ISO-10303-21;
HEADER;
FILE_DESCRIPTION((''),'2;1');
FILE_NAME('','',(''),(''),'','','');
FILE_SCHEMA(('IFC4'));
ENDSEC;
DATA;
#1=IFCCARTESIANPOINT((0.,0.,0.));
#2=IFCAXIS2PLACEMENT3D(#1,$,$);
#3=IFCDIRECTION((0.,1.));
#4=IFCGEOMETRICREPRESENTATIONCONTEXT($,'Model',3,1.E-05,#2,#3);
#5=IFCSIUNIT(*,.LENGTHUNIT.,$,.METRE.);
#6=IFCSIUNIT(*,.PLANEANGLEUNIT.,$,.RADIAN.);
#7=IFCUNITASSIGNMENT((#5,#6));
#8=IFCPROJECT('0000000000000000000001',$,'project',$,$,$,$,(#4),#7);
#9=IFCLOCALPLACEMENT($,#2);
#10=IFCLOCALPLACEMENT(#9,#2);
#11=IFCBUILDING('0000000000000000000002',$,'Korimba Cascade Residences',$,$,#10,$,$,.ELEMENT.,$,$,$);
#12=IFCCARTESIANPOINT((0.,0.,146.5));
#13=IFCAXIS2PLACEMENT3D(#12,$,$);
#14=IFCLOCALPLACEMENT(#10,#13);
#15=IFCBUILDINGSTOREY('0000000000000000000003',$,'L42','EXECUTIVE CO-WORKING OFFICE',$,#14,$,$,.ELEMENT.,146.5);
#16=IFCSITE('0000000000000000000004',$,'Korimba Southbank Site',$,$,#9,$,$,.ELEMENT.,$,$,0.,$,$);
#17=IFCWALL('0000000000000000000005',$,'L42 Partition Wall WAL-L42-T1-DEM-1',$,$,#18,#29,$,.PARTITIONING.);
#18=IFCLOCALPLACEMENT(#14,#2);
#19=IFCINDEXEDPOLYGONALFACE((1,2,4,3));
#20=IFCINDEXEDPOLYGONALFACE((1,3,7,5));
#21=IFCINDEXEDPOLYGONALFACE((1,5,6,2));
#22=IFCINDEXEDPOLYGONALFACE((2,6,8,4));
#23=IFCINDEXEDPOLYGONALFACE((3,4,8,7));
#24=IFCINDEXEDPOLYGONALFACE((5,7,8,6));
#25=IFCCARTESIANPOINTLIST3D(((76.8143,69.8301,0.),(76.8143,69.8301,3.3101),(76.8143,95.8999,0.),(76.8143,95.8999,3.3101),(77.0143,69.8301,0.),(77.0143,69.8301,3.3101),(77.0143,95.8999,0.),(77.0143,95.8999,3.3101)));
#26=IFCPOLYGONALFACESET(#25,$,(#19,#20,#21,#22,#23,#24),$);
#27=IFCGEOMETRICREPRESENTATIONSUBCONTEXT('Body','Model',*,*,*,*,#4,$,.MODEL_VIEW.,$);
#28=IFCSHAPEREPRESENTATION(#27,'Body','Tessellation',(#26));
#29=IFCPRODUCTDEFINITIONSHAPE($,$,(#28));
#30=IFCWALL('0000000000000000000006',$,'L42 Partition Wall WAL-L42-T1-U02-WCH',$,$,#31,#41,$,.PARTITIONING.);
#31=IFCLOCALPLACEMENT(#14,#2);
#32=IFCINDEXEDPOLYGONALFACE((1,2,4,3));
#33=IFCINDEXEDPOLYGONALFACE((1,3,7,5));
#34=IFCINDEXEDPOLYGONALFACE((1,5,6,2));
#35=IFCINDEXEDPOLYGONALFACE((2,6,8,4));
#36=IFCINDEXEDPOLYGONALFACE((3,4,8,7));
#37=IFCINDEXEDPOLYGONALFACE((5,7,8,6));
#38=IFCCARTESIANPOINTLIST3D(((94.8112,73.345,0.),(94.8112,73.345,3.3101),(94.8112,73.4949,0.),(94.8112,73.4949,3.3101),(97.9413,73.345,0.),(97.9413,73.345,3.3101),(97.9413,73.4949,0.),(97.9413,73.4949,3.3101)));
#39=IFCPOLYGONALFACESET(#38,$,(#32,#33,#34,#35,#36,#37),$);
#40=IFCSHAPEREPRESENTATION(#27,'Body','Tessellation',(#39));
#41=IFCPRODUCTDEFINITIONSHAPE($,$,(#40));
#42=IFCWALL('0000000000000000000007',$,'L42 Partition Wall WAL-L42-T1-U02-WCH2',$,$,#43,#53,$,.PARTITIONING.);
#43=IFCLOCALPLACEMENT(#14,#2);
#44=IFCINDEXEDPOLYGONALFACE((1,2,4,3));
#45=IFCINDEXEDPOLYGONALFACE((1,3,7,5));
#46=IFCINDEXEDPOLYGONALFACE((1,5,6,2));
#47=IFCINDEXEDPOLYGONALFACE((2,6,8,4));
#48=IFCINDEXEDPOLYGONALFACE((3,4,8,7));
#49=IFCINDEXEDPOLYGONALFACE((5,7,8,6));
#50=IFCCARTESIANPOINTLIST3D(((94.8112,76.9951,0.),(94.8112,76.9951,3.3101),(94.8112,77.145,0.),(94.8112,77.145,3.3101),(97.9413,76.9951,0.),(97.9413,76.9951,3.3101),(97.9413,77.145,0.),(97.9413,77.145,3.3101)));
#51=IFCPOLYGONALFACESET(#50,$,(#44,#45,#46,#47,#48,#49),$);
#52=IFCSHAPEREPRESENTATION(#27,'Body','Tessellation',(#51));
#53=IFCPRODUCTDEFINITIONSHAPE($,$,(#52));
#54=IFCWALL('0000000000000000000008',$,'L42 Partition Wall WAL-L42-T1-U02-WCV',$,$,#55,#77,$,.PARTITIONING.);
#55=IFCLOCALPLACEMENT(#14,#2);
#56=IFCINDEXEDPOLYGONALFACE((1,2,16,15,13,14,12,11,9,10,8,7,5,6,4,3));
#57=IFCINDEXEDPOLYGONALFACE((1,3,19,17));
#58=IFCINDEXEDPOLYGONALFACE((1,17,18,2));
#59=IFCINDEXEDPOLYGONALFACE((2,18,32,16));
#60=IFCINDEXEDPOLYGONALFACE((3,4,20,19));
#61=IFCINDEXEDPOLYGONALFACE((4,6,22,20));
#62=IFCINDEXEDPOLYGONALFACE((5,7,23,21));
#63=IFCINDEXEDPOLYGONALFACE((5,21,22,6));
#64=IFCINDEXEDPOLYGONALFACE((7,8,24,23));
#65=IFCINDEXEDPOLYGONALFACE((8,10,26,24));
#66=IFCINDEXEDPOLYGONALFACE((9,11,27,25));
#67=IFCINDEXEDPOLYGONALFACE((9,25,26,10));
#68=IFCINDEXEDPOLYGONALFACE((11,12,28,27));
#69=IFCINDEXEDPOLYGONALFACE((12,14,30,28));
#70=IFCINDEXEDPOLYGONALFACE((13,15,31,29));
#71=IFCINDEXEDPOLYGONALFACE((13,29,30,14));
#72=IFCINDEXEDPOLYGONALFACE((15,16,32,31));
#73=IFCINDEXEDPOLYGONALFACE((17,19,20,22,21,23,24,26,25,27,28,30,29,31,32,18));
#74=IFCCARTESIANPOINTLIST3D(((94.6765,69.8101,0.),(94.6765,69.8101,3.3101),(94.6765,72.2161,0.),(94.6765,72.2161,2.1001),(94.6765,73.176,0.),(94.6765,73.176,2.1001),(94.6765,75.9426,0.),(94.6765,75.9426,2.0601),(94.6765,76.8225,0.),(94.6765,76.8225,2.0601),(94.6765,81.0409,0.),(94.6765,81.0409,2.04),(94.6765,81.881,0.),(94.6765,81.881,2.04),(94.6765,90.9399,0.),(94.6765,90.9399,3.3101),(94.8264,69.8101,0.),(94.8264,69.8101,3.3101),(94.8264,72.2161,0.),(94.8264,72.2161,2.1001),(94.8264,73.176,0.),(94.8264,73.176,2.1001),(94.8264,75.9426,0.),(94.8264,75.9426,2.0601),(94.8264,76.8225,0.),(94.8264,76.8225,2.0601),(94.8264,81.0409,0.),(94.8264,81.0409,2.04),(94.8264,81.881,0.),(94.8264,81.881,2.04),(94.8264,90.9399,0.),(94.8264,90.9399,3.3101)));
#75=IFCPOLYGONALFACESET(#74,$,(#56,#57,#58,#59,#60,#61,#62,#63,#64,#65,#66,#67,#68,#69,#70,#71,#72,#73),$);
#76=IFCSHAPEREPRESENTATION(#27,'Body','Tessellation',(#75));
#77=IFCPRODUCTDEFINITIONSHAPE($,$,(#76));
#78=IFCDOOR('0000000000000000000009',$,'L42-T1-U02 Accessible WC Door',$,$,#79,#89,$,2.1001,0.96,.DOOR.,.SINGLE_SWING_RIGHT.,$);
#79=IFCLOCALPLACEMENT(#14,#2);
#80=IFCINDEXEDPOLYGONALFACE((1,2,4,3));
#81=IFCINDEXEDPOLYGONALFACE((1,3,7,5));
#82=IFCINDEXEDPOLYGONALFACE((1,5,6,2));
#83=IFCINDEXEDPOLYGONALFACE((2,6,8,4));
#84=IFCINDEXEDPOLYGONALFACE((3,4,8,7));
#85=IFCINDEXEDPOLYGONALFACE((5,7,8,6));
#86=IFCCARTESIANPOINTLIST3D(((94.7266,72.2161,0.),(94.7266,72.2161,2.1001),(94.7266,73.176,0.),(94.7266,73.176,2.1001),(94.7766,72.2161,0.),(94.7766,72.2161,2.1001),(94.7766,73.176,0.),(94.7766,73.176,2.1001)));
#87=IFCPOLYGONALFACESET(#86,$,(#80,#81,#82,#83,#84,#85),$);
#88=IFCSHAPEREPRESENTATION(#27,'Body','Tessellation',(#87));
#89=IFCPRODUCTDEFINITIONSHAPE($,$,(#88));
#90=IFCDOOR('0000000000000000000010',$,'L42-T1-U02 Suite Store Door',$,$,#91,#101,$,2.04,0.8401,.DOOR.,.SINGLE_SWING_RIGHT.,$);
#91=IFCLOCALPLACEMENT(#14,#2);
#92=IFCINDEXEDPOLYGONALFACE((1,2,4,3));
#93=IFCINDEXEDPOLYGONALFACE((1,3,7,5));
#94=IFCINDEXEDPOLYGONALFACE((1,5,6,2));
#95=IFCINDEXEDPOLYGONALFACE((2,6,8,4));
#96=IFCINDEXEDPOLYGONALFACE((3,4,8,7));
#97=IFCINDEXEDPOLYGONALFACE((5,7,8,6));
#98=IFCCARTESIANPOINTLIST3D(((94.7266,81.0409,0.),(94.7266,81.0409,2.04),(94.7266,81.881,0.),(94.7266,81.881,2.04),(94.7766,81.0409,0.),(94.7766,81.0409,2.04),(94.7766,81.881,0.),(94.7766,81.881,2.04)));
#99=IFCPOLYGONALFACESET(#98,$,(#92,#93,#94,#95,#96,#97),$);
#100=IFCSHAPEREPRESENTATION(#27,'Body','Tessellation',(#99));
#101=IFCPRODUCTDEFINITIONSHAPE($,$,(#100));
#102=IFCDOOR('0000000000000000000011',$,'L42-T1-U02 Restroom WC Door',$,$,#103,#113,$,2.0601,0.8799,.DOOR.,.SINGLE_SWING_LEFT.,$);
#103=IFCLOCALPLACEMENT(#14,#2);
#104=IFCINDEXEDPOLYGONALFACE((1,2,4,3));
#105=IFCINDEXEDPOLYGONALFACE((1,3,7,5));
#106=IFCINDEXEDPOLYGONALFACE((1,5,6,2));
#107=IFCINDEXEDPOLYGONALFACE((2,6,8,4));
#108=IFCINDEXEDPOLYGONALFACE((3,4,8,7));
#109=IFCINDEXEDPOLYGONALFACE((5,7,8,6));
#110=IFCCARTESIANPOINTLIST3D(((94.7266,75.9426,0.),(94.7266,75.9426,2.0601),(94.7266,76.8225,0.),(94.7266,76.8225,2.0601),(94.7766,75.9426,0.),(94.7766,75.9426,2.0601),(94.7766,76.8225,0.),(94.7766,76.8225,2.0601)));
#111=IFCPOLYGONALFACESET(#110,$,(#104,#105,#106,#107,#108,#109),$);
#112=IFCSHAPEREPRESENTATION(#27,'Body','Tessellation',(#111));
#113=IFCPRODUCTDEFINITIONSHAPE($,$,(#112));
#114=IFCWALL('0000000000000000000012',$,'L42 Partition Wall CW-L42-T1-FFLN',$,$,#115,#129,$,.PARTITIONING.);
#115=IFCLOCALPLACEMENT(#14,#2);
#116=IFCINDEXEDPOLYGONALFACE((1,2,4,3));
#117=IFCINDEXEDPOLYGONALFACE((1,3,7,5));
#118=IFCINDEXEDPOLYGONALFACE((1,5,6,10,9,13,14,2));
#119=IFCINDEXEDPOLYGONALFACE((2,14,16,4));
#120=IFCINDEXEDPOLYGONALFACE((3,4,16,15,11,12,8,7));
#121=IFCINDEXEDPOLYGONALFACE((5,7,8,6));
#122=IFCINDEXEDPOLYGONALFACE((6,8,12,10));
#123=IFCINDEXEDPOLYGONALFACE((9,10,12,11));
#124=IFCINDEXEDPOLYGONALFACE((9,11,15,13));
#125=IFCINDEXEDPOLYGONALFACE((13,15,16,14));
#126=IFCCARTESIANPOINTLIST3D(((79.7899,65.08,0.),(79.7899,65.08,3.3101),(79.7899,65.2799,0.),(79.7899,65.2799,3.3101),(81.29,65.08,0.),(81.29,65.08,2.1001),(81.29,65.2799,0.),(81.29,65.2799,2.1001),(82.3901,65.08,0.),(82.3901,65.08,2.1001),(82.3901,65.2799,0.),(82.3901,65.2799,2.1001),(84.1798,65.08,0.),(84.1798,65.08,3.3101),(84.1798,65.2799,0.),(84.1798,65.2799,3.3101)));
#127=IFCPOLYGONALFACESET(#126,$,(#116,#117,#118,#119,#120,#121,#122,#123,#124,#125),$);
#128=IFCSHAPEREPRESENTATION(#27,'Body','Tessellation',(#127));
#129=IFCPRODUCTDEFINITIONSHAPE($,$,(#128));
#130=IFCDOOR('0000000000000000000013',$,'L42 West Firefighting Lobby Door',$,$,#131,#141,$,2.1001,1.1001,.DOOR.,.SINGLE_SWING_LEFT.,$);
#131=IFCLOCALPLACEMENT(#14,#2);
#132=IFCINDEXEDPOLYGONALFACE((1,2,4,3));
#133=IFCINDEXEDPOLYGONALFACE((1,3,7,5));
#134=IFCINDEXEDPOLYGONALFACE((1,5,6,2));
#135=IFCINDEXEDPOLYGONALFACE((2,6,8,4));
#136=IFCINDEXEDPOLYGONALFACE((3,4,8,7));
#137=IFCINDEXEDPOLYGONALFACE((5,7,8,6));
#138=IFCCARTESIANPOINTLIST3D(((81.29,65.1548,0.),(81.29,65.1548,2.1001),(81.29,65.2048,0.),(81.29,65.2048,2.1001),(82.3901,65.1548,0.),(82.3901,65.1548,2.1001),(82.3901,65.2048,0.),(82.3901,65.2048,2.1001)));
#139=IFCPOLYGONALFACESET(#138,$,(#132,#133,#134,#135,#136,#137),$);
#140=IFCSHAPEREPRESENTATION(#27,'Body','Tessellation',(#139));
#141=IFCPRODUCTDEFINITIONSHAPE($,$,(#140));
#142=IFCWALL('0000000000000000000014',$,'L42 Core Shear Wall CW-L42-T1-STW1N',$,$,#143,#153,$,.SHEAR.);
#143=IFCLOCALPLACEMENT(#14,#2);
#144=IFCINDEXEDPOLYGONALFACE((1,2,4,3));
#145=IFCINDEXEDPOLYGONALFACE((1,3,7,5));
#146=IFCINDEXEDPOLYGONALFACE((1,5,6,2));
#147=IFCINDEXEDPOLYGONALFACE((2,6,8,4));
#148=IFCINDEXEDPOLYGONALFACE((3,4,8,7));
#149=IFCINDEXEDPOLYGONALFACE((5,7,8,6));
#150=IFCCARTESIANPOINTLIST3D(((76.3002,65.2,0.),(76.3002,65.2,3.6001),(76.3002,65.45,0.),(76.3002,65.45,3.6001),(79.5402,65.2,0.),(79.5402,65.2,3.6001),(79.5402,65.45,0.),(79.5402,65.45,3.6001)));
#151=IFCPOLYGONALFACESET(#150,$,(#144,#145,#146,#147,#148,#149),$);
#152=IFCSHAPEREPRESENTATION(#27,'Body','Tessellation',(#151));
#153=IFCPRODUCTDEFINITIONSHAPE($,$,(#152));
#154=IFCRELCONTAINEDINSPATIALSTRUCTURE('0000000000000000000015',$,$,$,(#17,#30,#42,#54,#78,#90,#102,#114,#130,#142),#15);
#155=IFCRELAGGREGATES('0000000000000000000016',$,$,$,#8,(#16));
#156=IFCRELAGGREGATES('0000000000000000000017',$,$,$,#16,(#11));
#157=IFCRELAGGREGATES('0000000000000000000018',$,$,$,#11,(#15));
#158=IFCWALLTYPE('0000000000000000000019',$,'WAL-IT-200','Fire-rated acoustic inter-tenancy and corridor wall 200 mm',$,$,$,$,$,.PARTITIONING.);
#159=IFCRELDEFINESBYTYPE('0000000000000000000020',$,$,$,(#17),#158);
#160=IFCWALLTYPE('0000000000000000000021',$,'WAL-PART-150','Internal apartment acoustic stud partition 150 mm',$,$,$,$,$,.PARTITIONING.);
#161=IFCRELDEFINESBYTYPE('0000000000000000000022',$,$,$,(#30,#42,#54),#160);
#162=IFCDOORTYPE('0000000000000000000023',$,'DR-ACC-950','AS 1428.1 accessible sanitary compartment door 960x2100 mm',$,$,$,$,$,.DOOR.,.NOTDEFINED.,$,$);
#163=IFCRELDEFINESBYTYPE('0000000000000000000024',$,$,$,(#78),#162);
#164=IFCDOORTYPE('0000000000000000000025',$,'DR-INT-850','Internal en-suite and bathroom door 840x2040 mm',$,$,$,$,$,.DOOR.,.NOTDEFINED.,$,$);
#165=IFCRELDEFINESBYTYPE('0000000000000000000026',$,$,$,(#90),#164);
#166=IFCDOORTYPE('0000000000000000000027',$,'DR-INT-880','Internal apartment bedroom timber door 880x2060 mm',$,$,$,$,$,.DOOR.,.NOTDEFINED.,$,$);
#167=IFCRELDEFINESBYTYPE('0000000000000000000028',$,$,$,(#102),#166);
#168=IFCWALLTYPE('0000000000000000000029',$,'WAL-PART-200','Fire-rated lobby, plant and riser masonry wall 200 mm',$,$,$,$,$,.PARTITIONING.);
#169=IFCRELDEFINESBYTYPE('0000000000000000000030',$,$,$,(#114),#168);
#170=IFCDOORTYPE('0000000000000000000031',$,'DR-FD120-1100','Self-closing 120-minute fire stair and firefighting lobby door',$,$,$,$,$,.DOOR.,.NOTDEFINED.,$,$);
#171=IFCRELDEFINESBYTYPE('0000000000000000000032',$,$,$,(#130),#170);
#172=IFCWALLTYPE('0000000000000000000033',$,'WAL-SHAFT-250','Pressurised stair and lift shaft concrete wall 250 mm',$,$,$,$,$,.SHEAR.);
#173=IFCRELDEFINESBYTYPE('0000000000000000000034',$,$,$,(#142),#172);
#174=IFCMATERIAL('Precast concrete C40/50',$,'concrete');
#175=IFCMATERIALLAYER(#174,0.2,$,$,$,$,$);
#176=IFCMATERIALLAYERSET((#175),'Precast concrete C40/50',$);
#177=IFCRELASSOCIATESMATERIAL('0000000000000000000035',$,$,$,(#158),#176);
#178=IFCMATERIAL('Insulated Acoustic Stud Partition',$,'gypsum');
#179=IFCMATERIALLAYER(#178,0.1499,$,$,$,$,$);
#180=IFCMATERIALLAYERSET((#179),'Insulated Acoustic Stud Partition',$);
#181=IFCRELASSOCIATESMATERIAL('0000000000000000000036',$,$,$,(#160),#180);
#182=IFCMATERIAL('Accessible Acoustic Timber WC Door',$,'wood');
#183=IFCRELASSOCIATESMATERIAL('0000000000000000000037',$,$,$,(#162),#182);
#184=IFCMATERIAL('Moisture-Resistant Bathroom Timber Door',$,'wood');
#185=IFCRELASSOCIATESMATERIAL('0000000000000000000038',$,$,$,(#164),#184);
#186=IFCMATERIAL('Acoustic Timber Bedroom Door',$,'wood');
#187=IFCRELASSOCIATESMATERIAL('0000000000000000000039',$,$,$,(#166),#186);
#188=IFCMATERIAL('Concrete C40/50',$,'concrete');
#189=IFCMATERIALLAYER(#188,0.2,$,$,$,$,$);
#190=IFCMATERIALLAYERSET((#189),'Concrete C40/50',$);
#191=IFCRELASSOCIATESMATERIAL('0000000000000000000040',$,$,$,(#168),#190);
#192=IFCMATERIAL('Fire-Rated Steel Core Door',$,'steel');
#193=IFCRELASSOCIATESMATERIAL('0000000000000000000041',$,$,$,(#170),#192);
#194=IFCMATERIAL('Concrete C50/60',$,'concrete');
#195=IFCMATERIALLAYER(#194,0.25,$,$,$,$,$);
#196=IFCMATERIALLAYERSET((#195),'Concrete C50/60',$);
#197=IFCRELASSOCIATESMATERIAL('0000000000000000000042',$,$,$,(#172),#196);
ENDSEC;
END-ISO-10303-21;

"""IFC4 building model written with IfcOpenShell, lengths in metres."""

from ifc_helpers import new_model, si_unit, direction, frame, frame_2d, origin, place, context, subcontext, project, spatial, rectangle, extrude, material, layer, layer_set, type_object, element, fill, save


model = new_model("IFC4")

# Units and contexts
model_context = context("Model", 3, precision=1e-05, world=origin(), true_north=direction((0.0, 1.0)))
body_context = subcontext(model_context, "Body", "Model", "MODEL_VIEW")
ifc_project = project(units=[si_unit("LENGTHUNIT", "METRE"), si_unit("PLANEANGLEUNIT", "RADIAN")], contexts=[model_context])

# Site, building, storey
site_placement = place(None, origin())
site = spatial("IfcSite", under=ifc_project, at=site_placement, Name="Korimba Southbank Site", CompositionType="ELEMENT", RefElevation=0.0)
building_placement = place(site_placement, origin())
building = spatial("IfcBuilding", under=site, at=building_placement, Name="Korimba Cascade Residences", CompositionType="ELEMENT")
storey_placement = place(building_placement, frame((0.0, 0.0, 146.5)))
storey = spatial("IfcBuildingStorey", under=building, at=storey_placement, Name="L42", Description="EXECUTIVE CO-WORKING OFFICE", CompositionType="ELEMENT", Elevation=146.5)

# Walls
ifc_material_1 = material(Name="Precast concrete C40/50", Category="concrete")
ifc_layer_1 = layer(ifc_material_1, 0.2)
ifc_layer_set_1 = layer_set([ifc_layer_1], Name="Precast concrete C40/50")
wall_type_1 = type_object("IfcWallType", Name="WAL-IT-200", Description="Fire-rated acoustic inter-tenancy and corridor wall 200 mm", PredefinedType="PARTITIONING", material=ifc_layer_set_1)
wall_1_placement = place(storey_placement, frame((76.9143, 69.8301, 0.0), z_axis=(0.0, 0.0, 1.0), x_axis=(0.0, 1.0, 0.0)))
element("IfcWall", 1, at=wall_1_placement, inside=storey, type_object=wall_type_1, Name="L42 Partition Wall WAL-L42-T1-DEM-1", PredefinedType="PARTITIONING", context=body_context, shape_type="SweptSolid", body=[
    extrude(rectangle(XDim=26.0698, YDim=0.2, at=frame_2d((13.0349, 0.0))), origin(), (0.0, 0.0, 1.0), 3.3101),
])
ifc_material_2 = material(Name="Insulated Acoustic Stud Partition", Category="gypsum")
ifc_layer_2 = layer(ifc_material_2, 0.1499)
ifc_layer_set_2 = layer_set([ifc_layer_2], Name="Insulated Acoustic Stud Partition")
wall_type_2 = type_object("IfcWallType", Name="WAL-PART-150", Description="Internal apartment acoustic stud partition 150 mm", PredefinedType="PARTITIONING", material=ifc_layer_set_2)
for number, where, z_axis, x_axis, name in (
    (2, (94.8113, 73.4199, 0.0), (0.0, 0.0, 1.0), (1.0, 0.0, 0.0), "L42 Partition Wall WAL-L42-T1-U02-WCH"),
    (3, (94.8113, 77.0701, 0.0), (0.0, 0.0, 1.0), (1.0, 0.0, 0.0), "L42 Partition Wall WAL-L42-T1-U02-WCH2"),
):
    element("IfcWall", number, at=place(storey_placement, frame(where, z_axis=z_axis, x_axis=x_axis)), inside=storey, type_object=wall_type_2, Name=name, PredefinedType="PARTITIONING", context=body_context, shape_type="SweptSolid", body=[
        extrude(rectangle(XDim=3.1301, YDim=0.1499, at=frame_2d((1.5649, 0.0))), origin(), (0.0, 0.0, 1.0), 3.3101),
    ])

# Wall, openings, doors
wall_2_placement = place(storey_placement, frame((94.7515, 69.8101, 0.0), z_axis=(0.0, 0.0, 1.0), x_axis=(0.0, 1.0, 0.0)))
wall_2 = element("IfcWall", 4, at=wall_2_placement, inside=storey, type_object=wall_type_2, Name="L42 Partition Wall WAL-L42-T1-U02-WCV", PredefinedType="PARTITIONING", context=body_context, shape_type="SweptSolid", body=[
    extrude(rectangle(XDim=21.1299, YDim=0.1499, at=frame_2d((10.5649, 0.0))), origin(), (0.0, 0.0, 1.0), 3.3101),
])
opening_1_placement = place(wall_2_placement, frame((2.406, 0.0, 0.0)))
opening_1 = element("IfcOpeningElement", 5, at=opening_1_placement, cuts=wall_2, PredefinedType="OPENING", context=body_context, shape_type="SweptSolid", body=[
    extrude(rectangle(XDim=0.96, YDim=2.1001, at=frame_2d((0.48, 1.05))), frame((0.0, 0.085, 0.0), z_axis=(0.0, -1.0, 0.0), x_axis=(1.0, 0.0, 0.0)), (0.0, 0.0, 1.0), 0.1699),
])
opening_2_placement = place(wall_2_placement, frame((6.1326, 0.0, 0.0)))
opening_2 = element("IfcOpeningElement", 6, at=opening_2_placement, cuts=wall_2, PredefinedType="OPENING", context=body_context, shape_type="SweptSolid", body=[
    extrude(rectangle(XDim=0.8799, YDim=2.0601, at=frame_2d((0.4399, 1.03))), frame((0.0, 0.085, 0.0), z_axis=(0.0, -1.0, 0.0), x_axis=(1.0, 0.0, 0.0)), (0.0, 0.0, 1.0), 0.1699),
])
opening_3_placement = place(wall_2_placement, frame((11.231, 0.0, 0.0)))
opening_3 = element("IfcOpeningElement", 7, at=opening_3_placement, cuts=wall_2, PredefinedType="OPENING", context=body_context, shape_type="SweptSolid", body=[
    extrude(rectangle(XDim=0.8401, YDim=2.04, at=frame_2d((0.4199, 1.02))), frame((0.0, 0.085, 0.0), z_axis=(0.0, -1.0, 0.0), x_axis=(1.0, 0.0, 0.0)), (0.0, 0.0, 1.0), 0.1699),
])
ifc_material_3 = material(Name="Accessible Acoustic Timber WC Door", Category="wood")
door_type_1 = type_object("IfcDoorType", Name="DR-ACC-950", Description="AS 1428.1 accessible sanitary compartment door 960x2100 mm", OperationType="NOTDEFINED", PredefinedType="DOOR", material=ifc_material_3)
door_1_placement = place(opening_1_placement, origin())
door_1 = element("IfcDoor", 8, at=door_1_placement, inside=storey, type_object=door_type_1, Name="L42-T1-U02 Accessible WC Door", OperationType="SINGLE_SWING_RIGHT", OverallHeight=2.1001, OverallWidth=0.96, PredefinedType="DOOR", context=body_context, shape_type="SweptSolid", body=[
    extrude(rectangle(XDim=0.96, YDim=2.1001, at=frame_2d((0.48, 1.05))), frame((0.0, 0.0249, 0.0), z_axis=(0.0, -1.0, 0.0), x_axis=(1.0, 0.0, 0.0)), (0.0, 0.0, 1.0), 0.05),
])
fill(opening_1, door_1)
ifc_material_4 = material(Name="Moisture-Resistant Bathroom Timber Door", Category="wood")
door_type_2 = type_object("IfcDoorType", Name="DR-INT-850", Description="Internal en-suite and bathroom door 840x2040 mm", OperationType="NOTDEFINED", PredefinedType="DOOR", material=ifc_material_4)
door_2_placement = place(opening_3_placement, origin())
door_2 = element("IfcDoor", 9, at=door_2_placement, inside=storey, type_object=door_type_2, Name="L42-T1-U02 Suite Store Door", OperationType="SINGLE_SWING_RIGHT", OverallHeight=2.04, OverallWidth=0.8401, PredefinedType="DOOR", context=body_context, shape_type="SweptSolid", body=[
    extrude(rectangle(XDim=0.8401, YDim=2.04, at=frame_2d((0.4199, 1.02))), frame((0.0, 0.0249, 0.0), z_axis=(0.0, -1.0, 0.0), x_axis=(1.0, 0.0, 0.0)), (0.0, 0.0, 1.0), 0.05),
])
fill(opening_3, door_2)
ifc_material_5 = material(Name="Acoustic Timber Bedroom Door", Category="wood")
door_type_3 = type_object("IfcDoorType", Name="DR-INT-880", Description="Internal apartment bedroom timber door 880x2060 mm", OperationType="NOTDEFINED", PredefinedType="DOOR", material=ifc_material_5)
door_3_placement = place(opening_2_placement, origin())
door_3 = element("IfcDoor", 10, at=door_3_placement, inside=storey, type_object=door_type_3, Name="L42-T1-U02 Restroom WC Door", OperationType="SINGLE_SWING_LEFT", OverallHeight=2.0601, OverallWidth=0.8799, PredefinedType="DOOR", context=body_context, shape_type="SweptSolid", body=[
    extrude(rectangle(XDim=0.8799, YDim=2.0601, at=frame_2d((0.4399, 1.03))), frame((0.0, 0.0249, 0.0), z_axis=(0.0, -1.0, 0.0), x_axis=(1.0, 0.0, 0.0)), (0.0, 0.0, 1.0), 0.05),
])
fill(opening_2, door_3)

# Wall, opening, door
ifc_material_6 = material(Name="Concrete C40/50", Category="concrete")
ifc_layer_3 = layer(ifc_material_6, 0.2)
ifc_layer_set_3 = layer_set([ifc_layer_3], Name="Concrete C40/50")
wall_type_3 = type_object("IfcWallType", Name="WAL-PART-200", Description="Fire-rated lobby, plant and riser masonry wall 200 mm", PredefinedType="PARTITIONING", material=ifc_layer_set_3)
wall_3_placement = place(storey_placement, frame((79.79, 65.1799, 0.0), z_axis=(0.0, 0.0, 1.0), x_axis=(1.0, 0.0, 0.0)))
wall_3 = element("IfcWall", 11, at=wall_3_placement, inside=storey, type_object=wall_type_3, Name="L42 Partition Wall CW-L42-T1-FFLN", PredefinedType="PARTITIONING", context=body_context, shape_type="SweptSolid", body=[
    extrude(rectangle(XDim=4.3899, YDim=0.2, at=frame_2d((2.1948, 0.0))), origin(), (0.0, 0.0, 1.0), 3.3101),
])
opening_4_placement = place(wall_3_placement, frame((1.5, 0.0, 0.0)))
opening_4 = element("IfcOpeningElement", 12, at=opening_4_placement, cuts=wall_3, PredefinedType="OPENING", context=body_context, shape_type="SweptSolid", body=[
    extrude(rectangle(XDim=1.1001, YDim=2.1001, at=frame_2d((0.55, 1.05))), frame((0.0, 0.1099, 0.0), z_axis=(0.0, -1.0, 0.0), x_axis=(1.0, 0.0, 0.0)), (0.0, 0.0, 1.0), 0.22),
])
ifc_material_7 = material(Name="Fire-Rated Steel Core Door", Category="steel")
door_type_4 = type_object("IfcDoorType", Name="DR-FD120-1100", Description="Self-closing 120-minute fire stair and firefighting lobby door", OperationType="NOTDEFINED", PredefinedType="DOOR", material=ifc_material_7)
door_4_placement = place(opening_4_placement, origin())
door_4 = element("IfcDoor", 13, at=door_4_placement, inside=storey, type_object=door_type_4, Name="L42 West Firefighting Lobby Door", OperationType="SINGLE_SWING_LEFT", OverallHeight=2.1001, OverallWidth=1.1001, PredefinedType="DOOR", context=body_context, shape_type="SweptSolid", body=[
    extrude(rectangle(XDim=1.1001, YDim=2.1001, at=frame_2d((0.55, 1.05))), frame((0.0, 0.0249, 0.0), z_axis=(0.0, -1.0, 0.0), x_axis=(1.0, 0.0, 0.0)), (0.0, 0.0, 1.0), 0.05),
])
fill(opening_4, door_4)

# Wall
ifc_material_8 = material(Name="Concrete C50/60", Category="concrete")
ifc_layer_4 = layer(ifc_material_8, 0.25)
ifc_layer_set_4 = layer_set([ifc_layer_4], Name="Concrete C50/60")
wall_type_4 = type_object("IfcWallType", Name="WAL-SHAFT-250", Description="Pressurised stair and lift shaft concrete wall 250 mm", PredefinedType="SHEAR", material=ifc_layer_set_4)
wall_4_placement = place(storey_placement, frame((76.3, 65.325, 0.0), z_axis=(0.0, 0.0, 1.0), x_axis=(1.0, 0.0, 0.0)))
element("IfcWall", 14, at=wall_4_placement, inside=storey, type_object=wall_type_4, Name="L42 Core Shear Wall CW-L42-T1-STW1N", PredefinedType="SHEAR", context=body_context, shape_type="SweptSolid", body=[
    extrude(rectangle(XDim=3.24, YDim=0.25, at=frame_2d((1.6201, 0.0))), origin(), (0.0, 0.0, 1.0), 3.6001),
])

save(model, "model.ifc")
